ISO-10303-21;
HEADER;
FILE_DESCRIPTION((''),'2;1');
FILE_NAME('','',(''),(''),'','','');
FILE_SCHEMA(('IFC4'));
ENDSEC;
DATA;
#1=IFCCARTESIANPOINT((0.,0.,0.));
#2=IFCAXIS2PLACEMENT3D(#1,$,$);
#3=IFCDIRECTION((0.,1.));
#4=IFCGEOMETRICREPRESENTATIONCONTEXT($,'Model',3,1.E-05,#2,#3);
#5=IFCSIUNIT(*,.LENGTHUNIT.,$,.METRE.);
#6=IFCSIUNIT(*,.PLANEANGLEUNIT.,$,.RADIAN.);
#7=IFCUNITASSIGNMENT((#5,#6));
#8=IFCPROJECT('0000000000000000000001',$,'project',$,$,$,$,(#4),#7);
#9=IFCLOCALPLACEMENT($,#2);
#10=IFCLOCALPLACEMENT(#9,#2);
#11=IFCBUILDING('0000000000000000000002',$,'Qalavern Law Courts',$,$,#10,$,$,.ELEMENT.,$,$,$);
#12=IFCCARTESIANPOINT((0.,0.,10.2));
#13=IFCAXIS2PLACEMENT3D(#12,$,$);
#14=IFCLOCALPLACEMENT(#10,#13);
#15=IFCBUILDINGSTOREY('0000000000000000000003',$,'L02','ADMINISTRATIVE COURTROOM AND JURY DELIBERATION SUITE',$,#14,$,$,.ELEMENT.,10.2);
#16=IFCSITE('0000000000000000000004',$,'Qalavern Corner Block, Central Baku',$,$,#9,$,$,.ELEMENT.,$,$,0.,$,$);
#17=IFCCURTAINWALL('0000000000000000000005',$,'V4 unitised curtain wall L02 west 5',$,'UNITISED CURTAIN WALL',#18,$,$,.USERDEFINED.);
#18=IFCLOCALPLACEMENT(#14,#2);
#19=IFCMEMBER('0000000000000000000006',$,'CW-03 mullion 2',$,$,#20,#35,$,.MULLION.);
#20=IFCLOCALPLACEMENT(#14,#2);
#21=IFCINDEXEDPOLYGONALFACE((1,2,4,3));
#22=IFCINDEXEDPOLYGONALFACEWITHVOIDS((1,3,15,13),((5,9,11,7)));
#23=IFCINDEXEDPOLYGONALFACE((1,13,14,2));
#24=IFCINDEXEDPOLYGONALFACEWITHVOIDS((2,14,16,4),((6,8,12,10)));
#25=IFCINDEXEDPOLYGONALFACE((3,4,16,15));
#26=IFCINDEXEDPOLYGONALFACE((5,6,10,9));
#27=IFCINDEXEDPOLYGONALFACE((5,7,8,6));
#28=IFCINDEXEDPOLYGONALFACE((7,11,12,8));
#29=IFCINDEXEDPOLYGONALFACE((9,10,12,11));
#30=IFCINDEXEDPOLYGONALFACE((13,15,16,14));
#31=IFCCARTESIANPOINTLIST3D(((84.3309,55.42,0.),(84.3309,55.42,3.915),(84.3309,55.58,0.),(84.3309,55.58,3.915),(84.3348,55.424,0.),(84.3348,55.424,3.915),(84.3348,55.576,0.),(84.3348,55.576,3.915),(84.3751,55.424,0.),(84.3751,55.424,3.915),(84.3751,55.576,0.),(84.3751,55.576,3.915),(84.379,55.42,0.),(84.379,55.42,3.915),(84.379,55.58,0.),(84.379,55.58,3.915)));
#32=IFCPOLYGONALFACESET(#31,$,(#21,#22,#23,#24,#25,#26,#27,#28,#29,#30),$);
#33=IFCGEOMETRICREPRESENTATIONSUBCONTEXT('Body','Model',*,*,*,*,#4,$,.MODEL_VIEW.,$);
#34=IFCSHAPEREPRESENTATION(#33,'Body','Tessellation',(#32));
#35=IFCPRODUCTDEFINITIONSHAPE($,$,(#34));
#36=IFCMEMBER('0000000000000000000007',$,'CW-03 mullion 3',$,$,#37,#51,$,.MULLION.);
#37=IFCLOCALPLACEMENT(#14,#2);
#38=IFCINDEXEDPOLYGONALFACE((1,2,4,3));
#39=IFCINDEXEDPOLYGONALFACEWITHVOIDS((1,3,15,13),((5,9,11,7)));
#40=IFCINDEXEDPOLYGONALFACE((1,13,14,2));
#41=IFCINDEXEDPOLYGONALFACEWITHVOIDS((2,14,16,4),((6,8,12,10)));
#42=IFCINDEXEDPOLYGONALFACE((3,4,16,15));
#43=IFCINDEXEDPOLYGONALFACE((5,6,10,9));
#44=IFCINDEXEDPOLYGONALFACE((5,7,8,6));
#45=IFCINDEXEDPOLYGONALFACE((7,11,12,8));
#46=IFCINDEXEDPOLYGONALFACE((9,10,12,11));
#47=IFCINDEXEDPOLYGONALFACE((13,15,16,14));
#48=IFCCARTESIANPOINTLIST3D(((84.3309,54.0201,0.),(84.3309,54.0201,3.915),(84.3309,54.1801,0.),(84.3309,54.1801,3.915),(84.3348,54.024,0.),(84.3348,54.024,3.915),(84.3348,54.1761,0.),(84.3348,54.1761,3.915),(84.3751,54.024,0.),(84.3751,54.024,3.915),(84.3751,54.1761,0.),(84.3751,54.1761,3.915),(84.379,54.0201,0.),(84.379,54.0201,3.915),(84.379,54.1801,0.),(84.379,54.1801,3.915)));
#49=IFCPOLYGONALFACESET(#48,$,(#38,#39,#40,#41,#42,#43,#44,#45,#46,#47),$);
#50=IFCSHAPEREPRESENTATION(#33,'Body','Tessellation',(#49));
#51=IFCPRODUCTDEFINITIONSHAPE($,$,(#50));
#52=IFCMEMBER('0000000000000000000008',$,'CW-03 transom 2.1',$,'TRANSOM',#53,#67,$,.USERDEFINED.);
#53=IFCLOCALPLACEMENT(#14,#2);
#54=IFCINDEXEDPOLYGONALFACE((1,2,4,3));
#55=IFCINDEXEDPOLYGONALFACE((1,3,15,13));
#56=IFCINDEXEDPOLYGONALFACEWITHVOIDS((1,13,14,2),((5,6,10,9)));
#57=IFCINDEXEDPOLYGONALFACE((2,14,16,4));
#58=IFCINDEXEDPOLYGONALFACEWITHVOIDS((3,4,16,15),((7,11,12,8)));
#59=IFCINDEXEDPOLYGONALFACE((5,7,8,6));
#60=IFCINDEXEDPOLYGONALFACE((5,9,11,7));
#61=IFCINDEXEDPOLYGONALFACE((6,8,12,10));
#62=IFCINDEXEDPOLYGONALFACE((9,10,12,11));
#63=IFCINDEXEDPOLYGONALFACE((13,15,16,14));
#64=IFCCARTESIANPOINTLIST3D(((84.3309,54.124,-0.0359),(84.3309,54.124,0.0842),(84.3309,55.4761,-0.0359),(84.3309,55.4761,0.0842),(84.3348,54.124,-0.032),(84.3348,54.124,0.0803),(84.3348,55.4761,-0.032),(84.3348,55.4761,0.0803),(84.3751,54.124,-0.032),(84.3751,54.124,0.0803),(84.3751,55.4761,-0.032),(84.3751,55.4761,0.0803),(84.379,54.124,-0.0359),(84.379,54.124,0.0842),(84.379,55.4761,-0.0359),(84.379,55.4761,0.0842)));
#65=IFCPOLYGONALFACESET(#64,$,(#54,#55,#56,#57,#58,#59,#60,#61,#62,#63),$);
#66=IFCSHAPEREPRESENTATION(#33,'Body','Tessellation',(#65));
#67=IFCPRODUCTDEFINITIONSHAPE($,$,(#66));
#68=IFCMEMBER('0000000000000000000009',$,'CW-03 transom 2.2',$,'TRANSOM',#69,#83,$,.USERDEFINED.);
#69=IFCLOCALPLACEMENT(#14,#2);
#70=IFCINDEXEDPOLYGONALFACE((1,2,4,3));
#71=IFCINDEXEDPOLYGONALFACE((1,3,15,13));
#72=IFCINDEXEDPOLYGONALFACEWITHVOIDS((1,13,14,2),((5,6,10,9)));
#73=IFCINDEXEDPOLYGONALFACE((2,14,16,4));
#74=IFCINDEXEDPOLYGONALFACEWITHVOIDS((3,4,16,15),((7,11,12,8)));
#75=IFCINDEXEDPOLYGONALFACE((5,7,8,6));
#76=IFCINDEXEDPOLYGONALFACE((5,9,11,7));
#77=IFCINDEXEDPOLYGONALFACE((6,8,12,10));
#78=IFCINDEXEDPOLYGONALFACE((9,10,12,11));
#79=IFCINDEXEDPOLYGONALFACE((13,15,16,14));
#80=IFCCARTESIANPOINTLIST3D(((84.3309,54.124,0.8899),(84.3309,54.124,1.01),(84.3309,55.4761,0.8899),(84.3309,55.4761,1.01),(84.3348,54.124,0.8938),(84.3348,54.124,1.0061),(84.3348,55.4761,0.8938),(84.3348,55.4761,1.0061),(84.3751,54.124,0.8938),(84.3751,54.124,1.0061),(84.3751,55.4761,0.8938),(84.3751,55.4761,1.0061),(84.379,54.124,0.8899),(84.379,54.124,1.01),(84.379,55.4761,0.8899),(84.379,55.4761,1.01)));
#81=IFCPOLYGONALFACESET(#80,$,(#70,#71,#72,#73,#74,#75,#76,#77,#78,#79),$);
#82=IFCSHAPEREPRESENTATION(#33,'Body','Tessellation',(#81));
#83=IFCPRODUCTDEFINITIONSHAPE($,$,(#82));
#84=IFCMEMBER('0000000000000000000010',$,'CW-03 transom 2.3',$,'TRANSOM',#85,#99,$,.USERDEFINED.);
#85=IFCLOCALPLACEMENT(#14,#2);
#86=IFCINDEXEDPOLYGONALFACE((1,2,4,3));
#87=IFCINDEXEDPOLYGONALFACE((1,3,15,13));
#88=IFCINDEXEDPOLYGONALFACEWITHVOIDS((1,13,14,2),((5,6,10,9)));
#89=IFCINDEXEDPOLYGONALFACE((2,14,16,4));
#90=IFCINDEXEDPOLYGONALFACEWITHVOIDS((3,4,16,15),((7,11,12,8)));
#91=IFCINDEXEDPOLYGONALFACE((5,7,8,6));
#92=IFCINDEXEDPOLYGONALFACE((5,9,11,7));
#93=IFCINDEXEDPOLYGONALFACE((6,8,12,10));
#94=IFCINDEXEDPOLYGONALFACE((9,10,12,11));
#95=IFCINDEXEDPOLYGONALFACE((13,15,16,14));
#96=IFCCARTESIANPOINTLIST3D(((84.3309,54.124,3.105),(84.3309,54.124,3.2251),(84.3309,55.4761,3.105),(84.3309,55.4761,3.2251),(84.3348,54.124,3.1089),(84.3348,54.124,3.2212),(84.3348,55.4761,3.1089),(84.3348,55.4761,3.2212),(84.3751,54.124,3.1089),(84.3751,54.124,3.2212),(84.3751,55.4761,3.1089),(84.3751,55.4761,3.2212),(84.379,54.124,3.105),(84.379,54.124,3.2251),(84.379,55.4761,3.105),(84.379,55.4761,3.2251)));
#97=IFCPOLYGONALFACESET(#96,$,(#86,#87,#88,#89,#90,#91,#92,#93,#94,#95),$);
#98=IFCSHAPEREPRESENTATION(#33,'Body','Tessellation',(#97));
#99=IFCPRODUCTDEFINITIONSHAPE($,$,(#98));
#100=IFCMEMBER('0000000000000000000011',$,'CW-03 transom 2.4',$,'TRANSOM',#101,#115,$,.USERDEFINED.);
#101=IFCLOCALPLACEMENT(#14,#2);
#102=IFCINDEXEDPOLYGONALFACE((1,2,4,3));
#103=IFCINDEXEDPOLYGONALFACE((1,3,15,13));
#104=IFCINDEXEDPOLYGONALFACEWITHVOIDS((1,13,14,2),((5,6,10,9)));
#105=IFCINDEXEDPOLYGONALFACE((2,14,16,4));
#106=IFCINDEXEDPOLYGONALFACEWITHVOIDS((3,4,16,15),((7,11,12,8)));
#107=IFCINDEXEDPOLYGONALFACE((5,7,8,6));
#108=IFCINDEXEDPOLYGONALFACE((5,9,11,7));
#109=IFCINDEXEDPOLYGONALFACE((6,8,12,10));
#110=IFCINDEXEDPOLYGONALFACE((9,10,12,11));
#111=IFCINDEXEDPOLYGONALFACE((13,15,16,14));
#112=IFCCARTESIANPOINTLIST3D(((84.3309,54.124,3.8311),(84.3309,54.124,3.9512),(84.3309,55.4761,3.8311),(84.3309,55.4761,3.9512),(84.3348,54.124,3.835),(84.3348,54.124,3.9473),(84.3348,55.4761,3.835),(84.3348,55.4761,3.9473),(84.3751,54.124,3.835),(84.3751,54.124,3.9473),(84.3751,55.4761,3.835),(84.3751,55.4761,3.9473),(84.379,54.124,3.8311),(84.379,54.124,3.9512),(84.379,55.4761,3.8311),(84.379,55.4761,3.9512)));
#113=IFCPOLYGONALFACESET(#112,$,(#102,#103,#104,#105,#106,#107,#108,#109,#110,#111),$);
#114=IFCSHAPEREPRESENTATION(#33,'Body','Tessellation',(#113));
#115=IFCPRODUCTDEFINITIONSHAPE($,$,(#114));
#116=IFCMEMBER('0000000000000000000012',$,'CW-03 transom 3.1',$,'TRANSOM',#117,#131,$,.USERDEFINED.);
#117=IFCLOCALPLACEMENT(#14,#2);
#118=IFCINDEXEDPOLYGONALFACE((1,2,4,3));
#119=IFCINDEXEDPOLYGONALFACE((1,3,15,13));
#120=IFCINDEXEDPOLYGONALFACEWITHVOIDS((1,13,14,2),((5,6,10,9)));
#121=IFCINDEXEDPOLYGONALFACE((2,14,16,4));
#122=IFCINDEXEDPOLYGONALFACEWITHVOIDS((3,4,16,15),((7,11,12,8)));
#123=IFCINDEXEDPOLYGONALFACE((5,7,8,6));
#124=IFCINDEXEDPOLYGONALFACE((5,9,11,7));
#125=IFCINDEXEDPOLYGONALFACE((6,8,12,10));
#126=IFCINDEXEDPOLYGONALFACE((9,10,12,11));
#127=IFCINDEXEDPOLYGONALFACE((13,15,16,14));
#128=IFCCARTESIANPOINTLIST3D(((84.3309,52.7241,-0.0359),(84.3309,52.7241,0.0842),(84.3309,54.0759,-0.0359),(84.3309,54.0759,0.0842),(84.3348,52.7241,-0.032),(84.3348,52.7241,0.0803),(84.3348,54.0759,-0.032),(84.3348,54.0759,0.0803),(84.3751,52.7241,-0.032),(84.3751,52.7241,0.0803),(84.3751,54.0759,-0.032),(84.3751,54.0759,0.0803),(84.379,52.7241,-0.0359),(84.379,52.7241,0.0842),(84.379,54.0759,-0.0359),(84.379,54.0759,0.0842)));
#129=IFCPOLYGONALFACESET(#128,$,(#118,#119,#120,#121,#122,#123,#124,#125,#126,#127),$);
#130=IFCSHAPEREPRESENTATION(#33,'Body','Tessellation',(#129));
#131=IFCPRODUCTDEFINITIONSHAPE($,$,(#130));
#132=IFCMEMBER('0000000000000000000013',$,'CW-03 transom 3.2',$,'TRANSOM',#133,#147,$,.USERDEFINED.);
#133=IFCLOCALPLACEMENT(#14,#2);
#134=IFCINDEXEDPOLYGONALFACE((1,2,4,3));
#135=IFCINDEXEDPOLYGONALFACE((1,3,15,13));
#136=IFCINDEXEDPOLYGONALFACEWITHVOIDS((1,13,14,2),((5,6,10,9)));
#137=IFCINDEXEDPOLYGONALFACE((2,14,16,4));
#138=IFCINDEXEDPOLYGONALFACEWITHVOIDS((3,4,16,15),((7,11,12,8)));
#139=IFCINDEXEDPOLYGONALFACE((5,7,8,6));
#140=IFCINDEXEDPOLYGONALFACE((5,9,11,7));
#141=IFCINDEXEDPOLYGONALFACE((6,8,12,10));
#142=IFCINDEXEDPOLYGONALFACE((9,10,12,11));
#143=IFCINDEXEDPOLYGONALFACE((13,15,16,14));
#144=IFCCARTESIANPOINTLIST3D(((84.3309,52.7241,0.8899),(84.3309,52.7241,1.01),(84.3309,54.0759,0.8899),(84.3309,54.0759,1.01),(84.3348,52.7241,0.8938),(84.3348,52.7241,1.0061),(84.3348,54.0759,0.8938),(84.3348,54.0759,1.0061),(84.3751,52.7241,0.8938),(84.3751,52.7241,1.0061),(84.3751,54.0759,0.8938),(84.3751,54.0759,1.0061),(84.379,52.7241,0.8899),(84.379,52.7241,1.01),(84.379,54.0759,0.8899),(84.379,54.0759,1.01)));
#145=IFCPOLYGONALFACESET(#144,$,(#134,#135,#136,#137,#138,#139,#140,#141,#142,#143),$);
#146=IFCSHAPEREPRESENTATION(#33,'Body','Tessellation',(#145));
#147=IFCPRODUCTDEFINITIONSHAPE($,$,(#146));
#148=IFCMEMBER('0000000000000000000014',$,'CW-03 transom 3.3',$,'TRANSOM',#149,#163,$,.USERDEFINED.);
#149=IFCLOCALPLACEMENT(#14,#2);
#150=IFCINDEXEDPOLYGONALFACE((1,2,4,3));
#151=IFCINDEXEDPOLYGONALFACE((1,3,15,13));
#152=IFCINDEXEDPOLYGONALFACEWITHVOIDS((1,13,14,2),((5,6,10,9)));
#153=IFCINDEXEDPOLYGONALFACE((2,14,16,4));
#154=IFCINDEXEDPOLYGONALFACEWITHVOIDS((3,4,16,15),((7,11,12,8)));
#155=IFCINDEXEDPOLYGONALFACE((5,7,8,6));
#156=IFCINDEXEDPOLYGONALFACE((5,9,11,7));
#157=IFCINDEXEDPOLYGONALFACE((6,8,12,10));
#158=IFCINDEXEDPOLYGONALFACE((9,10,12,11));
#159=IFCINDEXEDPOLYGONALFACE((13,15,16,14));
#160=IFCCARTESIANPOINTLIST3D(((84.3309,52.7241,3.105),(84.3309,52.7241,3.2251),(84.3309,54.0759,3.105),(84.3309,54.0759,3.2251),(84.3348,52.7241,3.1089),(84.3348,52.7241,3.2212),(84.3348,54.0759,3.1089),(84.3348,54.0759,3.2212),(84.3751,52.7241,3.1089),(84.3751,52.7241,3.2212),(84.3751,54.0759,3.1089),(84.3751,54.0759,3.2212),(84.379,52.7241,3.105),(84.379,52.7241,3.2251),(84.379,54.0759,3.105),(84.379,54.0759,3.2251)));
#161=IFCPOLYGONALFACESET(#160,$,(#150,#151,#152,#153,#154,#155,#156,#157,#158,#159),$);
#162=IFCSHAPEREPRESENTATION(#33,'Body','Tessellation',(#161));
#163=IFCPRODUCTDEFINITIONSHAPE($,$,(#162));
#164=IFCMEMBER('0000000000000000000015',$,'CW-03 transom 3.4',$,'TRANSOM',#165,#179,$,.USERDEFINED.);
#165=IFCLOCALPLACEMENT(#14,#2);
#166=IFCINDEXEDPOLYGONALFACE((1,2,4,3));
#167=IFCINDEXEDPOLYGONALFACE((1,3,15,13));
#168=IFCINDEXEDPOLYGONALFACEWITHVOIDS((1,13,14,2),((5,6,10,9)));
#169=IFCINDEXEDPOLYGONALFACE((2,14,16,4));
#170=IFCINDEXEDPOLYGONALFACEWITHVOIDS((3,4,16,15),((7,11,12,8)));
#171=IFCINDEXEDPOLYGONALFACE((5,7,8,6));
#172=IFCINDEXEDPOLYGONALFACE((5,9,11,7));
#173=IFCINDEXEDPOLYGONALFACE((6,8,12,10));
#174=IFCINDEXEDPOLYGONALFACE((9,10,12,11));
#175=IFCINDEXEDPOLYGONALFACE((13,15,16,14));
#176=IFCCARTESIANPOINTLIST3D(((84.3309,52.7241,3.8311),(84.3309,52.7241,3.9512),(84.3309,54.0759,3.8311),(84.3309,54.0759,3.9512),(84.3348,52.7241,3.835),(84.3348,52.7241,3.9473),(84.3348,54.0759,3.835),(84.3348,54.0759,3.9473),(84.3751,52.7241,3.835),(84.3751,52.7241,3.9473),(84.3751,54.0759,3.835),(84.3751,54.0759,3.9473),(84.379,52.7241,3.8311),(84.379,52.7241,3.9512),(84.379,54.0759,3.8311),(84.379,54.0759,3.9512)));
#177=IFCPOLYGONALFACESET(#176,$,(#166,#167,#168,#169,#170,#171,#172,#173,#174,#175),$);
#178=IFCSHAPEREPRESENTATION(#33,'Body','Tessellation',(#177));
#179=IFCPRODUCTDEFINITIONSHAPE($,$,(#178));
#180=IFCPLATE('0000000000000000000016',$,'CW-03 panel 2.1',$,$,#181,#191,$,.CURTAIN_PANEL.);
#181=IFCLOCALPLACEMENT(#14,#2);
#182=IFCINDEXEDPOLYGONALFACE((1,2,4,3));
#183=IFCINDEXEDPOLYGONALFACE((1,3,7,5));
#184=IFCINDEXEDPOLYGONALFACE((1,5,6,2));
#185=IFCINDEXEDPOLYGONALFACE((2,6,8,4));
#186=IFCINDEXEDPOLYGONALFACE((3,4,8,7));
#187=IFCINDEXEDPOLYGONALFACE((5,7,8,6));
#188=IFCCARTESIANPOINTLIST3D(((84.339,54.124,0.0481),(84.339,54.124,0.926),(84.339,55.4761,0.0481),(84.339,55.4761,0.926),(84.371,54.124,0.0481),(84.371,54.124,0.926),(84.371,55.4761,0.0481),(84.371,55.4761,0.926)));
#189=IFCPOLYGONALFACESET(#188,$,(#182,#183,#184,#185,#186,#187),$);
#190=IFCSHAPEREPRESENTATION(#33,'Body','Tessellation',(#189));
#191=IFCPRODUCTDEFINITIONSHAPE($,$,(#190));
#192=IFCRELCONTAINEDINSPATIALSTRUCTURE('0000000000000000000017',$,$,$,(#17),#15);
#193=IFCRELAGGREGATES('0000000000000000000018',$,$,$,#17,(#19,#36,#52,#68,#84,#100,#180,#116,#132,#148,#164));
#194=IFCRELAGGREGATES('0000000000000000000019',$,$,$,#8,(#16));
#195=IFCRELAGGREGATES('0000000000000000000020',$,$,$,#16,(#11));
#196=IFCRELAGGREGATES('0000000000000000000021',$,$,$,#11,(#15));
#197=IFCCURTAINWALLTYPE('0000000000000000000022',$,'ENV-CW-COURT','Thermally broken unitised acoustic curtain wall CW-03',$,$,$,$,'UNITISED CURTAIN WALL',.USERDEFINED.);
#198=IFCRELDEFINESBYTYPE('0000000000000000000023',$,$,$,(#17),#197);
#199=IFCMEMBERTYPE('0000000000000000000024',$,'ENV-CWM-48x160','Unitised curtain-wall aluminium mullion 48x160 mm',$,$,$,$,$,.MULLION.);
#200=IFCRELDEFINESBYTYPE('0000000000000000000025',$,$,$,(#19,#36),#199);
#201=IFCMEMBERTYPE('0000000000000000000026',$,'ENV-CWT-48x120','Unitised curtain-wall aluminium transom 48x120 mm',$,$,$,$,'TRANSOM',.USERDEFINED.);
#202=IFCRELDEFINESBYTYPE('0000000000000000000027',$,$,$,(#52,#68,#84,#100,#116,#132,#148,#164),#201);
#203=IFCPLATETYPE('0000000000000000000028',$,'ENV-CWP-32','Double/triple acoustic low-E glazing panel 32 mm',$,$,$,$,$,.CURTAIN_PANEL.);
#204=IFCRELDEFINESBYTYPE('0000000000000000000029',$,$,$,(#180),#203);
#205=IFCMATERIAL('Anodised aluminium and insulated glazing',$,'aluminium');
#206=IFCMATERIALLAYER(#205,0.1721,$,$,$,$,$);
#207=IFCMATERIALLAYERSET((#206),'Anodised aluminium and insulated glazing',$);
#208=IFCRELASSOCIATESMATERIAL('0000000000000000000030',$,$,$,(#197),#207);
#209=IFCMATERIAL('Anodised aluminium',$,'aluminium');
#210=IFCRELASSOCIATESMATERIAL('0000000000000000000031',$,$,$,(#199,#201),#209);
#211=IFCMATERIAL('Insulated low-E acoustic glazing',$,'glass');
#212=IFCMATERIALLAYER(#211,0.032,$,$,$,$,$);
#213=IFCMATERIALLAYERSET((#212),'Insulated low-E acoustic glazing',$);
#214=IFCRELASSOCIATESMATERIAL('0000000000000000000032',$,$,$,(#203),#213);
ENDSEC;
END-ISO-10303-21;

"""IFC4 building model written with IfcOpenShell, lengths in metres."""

from ifc_helpers import new_model, si_unit, direction, frame, origin, origin_2d, place, context, subcontext, project, spatial, rectangle, hollow_rectangle, extrude, material, layer, layer_set, material_profile, profile_set, type_object, element, aggregate, save


model = new_model("IFC4")

# Units and contexts
model_context = context("Model", 3, precision=1e-05, world=origin(), true_north=direction((0.0, 1.0)))
body_context = subcontext(model_context, "Body", "Model", "MODEL_VIEW")
ifc_project = project(units=[si_unit("LENGTHUNIT", "METRE"), si_unit("PLANEANGLEUNIT", "RADIAN")], contexts=[model_context])

# Site, building, storey
site_placement = place(None, origin())
site = spatial("IfcSite", under=ifc_project, at=site_placement, Name="Qalavern Corner Block, Central Baku", CompositionType="ELEMENT", RefElevation=0.0)
building_placement = place(site_placement, origin())
building = spatial("IfcBuilding", under=site, at=building_placement, Name="Qalavern Law Courts", CompositionType="ELEMENT")
storey_placement = place(building_placement, frame((0.0, 0.0, 10.2)))
storey = spatial("IfcBuildingStorey", under=building, at=storey_placement, Name="L02", Description="ADMINISTRATIVE COURTROOM AND JURY DELIBERATION SUITE", CompositionType="ELEMENT", Elevation=10.2)

# Curtain wall, members, plate
ifc_material_1 = material(Name="Anodised aluminium and insulated glazing", Category="aluminium")
ifc_layer_1 = layer(ifc_material_1, 0.1721)
ifc_layer_set_1 = layer_set([ifc_layer_1], Name="Anodised aluminium and insulated glazing")
curtain_wall_type = type_object("IfcCurtainWallType", Name="ENV-CW-COURT", Description="Thermally broken unitised acoustic curtain wall CW-03", ElementType="UNITISED CURTAIN WALL", PredefinedType="USERDEFINED", material=ifc_layer_set_1)
curtain_wall_placement = place(storey_placement, origin())
curtain_wall = element("IfcCurtainWall", 1, at=curtain_wall_placement, inside=storey, type_object=curtain_wall_type, Name="V4 unitised curtain wall L02 west 5", ObjectType="UNITISED CURTAIN WALL", PredefinedType="USERDEFINED")
ifc_material_2 = material(Name="Anodised aluminium", Category="aluminium")
ifc_material_profile_1 = material_profile(ifc_material_2, hollow_rectangle(XDim=0.0481, YDim=0.1599, WallThickness=0.0039, at=origin_2d()), Name="ALU MULLION 48x160")
ifc_profile_set_1 = profile_set([ifc_material_profile_1], Name="Anodised aluminium")
member_type_1 = type_object("IfcMemberType", Name="ENV-CWM-48x160", Description="Unitised curtain-wall aluminium mullion 48x160 mm", PredefinedType="MULLION", material=ifc_profile_set_1)
member_1_placement = place(storey_placement, frame((84.355, 55.5, 0.0), z_axis=(0.0, 0.0, 1.0), x_axis=(1.0, 0.0, 0.0)))
member_1 = element("IfcMember", 2, at=member_1_placement, type_object=member_type_1, Name="CW-03 mullion 2", PredefinedType="MULLION", context=body_context, shape_type="SweptSolid", body=[
    extrude(hollow_rectangle(XDim=0.0481, YDim=0.1599, WallThickness=0.0039, at=origin_2d()), origin(), (0.0, 0.0, 1.0), 3.915),
])
member_2_placement = place(storey_placement, frame((84.355, 54.1001, 0.0), z_axis=(0.0, 0.0, 1.0), x_axis=(1.0, 0.0, 0.0)))
member_2 = element("IfcMember", 3, at=member_2_placement, type_object=member_type_1, Name="CW-03 mullion 3", PredefinedType="MULLION", context=body_context, shape_type="SweptSolid", body=[
    extrude(hollow_rectangle(XDim=0.0481, YDim=0.1599, WallThickness=0.0039, at=origin_2d()), origin(), (0.0, 0.0, 1.0), 3.915),
])
ifc_material_profile_2 = material_profile(ifc_material_2, hollow_rectangle(XDim=0.0481, YDim=0.1201, WallThickness=0.0039, at=origin_2d()), Name="ALU TRANSOM 48x120")
ifc_profile_set_2 = profile_set([ifc_material_profile_2], Name="Anodised aluminium")
member_type_2 = type_object("IfcMemberType", Name="ENV-CWT-48x120", Description="Unitised curtain-wall aluminium transom 48x120 mm", ElementType="TRANSOM", PredefinedType="USERDEFINED", material=ifc_profile_set_2)
member_3_placement = place(storey_placement, frame((84.355, 55.4761, 0.0242), z_axis=(0.0, -1.0, 0.0), x_axis=(1.0, 0.0, 0.0)))
member_3 = element("IfcMember", 4, at=member_3_placement, type_object=member_type_2, Name="CW-03 transom 2.1", ObjectType="TRANSOM", PredefinedType="USERDEFINED", context=body_context, shape_type="SweptSolid", body=[
    extrude(hollow_rectangle(XDim=0.0481, YDim=0.1201, WallThickness=0.0039, at=origin_2d()), origin(), (0.0, 0.0, 1.0), 1.3521),
])
member_4_placement = place(storey_placement, frame((84.355, 55.4761, 0.95), z_axis=(0.0, -1.0, 0.0), x_axis=(1.0, 0.0, 0.0)))
member_4 = element("IfcMember", 5, at=member_4_placement, type_object=member_type_2, Name="CW-03 transom 2.2", ObjectType="TRANSOM", PredefinedType="USERDEFINED", context=body_context, shape_type="SweptSolid", body=[
    extrude(hollow_rectangle(XDim=0.0481, YDim=0.1201, WallThickness=0.0039, at=origin_2d()), origin(), (0.0, 0.0, 1.0), 1.3521),
])
member_5_placement = place(storey_placement, frame((84.355, 55.4761, 3.165), z_axis=(0.0, -1.0, 0.0), x_axis=(1.0, 0.0, 0.0)))
member_5 = element("IfcMember", 6, at=member_5_placement, type_object=member_type_2, Name="CW-03 transom 2.3", ObjectType="TRANSOM", PredefinedType="USERDEFINED", context=body_context, shape_type="SweptSolid", body=[
    extrude(hollow_rectangle(XDim=0.0481, YDim=0.1201, WallThickness=0.0039, at=origin_2d()), origin(), (0.0, 0.0, 1.0), 1.3521),
])
member_6_placement = place(storey_placement, frame((84.355, 55.4761, 3.8911), z_axis=(0.0, -1.0, 0.0), x_axis=(1.0, 0.0, 0.0)))
member_6 = element("IfcMember", 7, at=member_6_placement, type_object=member_type_2, Name="CW-03 transom 2.4", ObjectType="TRANSOM", PredefinedType="USERDEFINED", context=body_context, shape_type="SweptSolid", body=[
    extrude(hollow_rectangle(XDim=0.0481, YDim=0.1201, WallThickness=0.0039, at=origin_2d()), origin(), (0.0, 0.0, 1.0), 1.3521),
])
member_7_placement = place(storey_placement, frame((84.355, 54.0759, 0.0242), z_axis=(0.0, -1.0, 0.0), x_axis=(1.0, 0.0, 0.0)))
member_7 = element("IfcMember", 8, at=member_7_placement, type_object=member_type_2, Name="CW-03 transom 3.1", ObjectType="TRANSOM", PredefinedType="USERDEFINED", context=body_context, shape_type="SweptSolid", body=[
    extrude(hollow_rectangle(XDim=0.0481, YDim=0.1201, WallThickness=0.0039, at=origin_2d()), origin(), (0.0, 0.0, 1.0), 1.3518),
])
member_8_placement = place(storey_placement, frame((84.355, 54.0759, 0.95), z_axis=(0.0, -1.0, 0.0), x_axis=(1.0, 0.0, 0.0)))
member_8 = element("IfcMember", 9, at=member_8_placement, type_object=member_type_2, Name="CW-03 transom 3.2", ObjectType="TRANSOM", PredefinedType="USERDEFINED", context=body_context, shape_type="SweptSolid", body=[
    extrude(hollow_rectangle(XDim=0.0481, YDim=0.1201, WallThickness=0.0039, at=origin_2d()), origin(), (0.0, 0.0, 1.0), 1.3518),
])
member_9_placement = place(storey_placement, frame((84.355, 54.0759, 3.165), z_axis=(0.0, -1.0, 0.0), x_axis=(1.0, 0.0, 0.0)))
member_9 = element("IfcMember", 10, at=member_9_placement, type_object=member_type_2, Name="CW-03 transom 3.3", ObjectType="TRANSOM", PredefinedType="USERDEFINED", context=body_context, shape_type="SweptSolid", body=[
    extrude(hollow_rectangle(XDim=0.0481, YDim=0.1201, WallThickness=0.0039, at=origin_2d()), origin(), (0.0, 0.0, 1.0), 1.3518),
])
member_10_placement = place(storey_placement, frame((84.355, 54.0759, 3.8911), z_axis=(0.0, -1.0, 0.0), x_axis=(1.0, 0.0, 0.0)))
member_10 = element("IfcMember", 11, at=member_10_placement, type_object=member_type_2, Name="CW-03 transom 3.4", ObjectType="TRANSOM", PredefinedType="USERDEFINED", context=body_context, shape_type="SweptSolid", body=[
    extrude(hollow_rectangle(XDim=0.0481, YDim=0.1201, WallThickness=0.0039, at=origin_2d()), origin(), (0.0, 0.0, 1.0), 1.3518),
])
ifc_material_3 = material(Name="Insulated low-E acoustic glazing", Category="glass")
ifc_layer_2 = layer(ifc_material_3, 0.032)
ifc_layer_set_2 = layer_set([ifc_layer_2], Name="Insulated low-E acoustic glazing")
plate_type = type_object("IfcPlateType", Name="ENV-CWP-32", Description="Double/triple acoustic low-E glazing panel 32 mm", PredefinedType="CURTAIN_PANEL", material=ifc_layer_set_2)
plate_1_placement = place(storey_placement, frame((84.355, 54.8, 0.0481), z_axis=(0.0, 0.0, 1.0), x_axis=(0.0, -1.0, 0.0)))
plate_1 = element("IfcPlate", 12, at=plate_1_placement, type_object=plate_type, Name="CW-03 panel 2.1", PredefinedType="CURTAIN_PANEL", context=body_context, shape_type="SweptSolid", body=[
    extrude(rectangle(XDim=1.3521, YDim=0.032, at=origin_2d()), origin(), (0.0, 0.0, 1.0), 0.8779),
])
aggregate(curtain_wall, [member_1, member_2, member_3, member_4, member_5, member_6, plate_1, member_7, member_8, member_9, member_10])

save(model, "model.ifc")
